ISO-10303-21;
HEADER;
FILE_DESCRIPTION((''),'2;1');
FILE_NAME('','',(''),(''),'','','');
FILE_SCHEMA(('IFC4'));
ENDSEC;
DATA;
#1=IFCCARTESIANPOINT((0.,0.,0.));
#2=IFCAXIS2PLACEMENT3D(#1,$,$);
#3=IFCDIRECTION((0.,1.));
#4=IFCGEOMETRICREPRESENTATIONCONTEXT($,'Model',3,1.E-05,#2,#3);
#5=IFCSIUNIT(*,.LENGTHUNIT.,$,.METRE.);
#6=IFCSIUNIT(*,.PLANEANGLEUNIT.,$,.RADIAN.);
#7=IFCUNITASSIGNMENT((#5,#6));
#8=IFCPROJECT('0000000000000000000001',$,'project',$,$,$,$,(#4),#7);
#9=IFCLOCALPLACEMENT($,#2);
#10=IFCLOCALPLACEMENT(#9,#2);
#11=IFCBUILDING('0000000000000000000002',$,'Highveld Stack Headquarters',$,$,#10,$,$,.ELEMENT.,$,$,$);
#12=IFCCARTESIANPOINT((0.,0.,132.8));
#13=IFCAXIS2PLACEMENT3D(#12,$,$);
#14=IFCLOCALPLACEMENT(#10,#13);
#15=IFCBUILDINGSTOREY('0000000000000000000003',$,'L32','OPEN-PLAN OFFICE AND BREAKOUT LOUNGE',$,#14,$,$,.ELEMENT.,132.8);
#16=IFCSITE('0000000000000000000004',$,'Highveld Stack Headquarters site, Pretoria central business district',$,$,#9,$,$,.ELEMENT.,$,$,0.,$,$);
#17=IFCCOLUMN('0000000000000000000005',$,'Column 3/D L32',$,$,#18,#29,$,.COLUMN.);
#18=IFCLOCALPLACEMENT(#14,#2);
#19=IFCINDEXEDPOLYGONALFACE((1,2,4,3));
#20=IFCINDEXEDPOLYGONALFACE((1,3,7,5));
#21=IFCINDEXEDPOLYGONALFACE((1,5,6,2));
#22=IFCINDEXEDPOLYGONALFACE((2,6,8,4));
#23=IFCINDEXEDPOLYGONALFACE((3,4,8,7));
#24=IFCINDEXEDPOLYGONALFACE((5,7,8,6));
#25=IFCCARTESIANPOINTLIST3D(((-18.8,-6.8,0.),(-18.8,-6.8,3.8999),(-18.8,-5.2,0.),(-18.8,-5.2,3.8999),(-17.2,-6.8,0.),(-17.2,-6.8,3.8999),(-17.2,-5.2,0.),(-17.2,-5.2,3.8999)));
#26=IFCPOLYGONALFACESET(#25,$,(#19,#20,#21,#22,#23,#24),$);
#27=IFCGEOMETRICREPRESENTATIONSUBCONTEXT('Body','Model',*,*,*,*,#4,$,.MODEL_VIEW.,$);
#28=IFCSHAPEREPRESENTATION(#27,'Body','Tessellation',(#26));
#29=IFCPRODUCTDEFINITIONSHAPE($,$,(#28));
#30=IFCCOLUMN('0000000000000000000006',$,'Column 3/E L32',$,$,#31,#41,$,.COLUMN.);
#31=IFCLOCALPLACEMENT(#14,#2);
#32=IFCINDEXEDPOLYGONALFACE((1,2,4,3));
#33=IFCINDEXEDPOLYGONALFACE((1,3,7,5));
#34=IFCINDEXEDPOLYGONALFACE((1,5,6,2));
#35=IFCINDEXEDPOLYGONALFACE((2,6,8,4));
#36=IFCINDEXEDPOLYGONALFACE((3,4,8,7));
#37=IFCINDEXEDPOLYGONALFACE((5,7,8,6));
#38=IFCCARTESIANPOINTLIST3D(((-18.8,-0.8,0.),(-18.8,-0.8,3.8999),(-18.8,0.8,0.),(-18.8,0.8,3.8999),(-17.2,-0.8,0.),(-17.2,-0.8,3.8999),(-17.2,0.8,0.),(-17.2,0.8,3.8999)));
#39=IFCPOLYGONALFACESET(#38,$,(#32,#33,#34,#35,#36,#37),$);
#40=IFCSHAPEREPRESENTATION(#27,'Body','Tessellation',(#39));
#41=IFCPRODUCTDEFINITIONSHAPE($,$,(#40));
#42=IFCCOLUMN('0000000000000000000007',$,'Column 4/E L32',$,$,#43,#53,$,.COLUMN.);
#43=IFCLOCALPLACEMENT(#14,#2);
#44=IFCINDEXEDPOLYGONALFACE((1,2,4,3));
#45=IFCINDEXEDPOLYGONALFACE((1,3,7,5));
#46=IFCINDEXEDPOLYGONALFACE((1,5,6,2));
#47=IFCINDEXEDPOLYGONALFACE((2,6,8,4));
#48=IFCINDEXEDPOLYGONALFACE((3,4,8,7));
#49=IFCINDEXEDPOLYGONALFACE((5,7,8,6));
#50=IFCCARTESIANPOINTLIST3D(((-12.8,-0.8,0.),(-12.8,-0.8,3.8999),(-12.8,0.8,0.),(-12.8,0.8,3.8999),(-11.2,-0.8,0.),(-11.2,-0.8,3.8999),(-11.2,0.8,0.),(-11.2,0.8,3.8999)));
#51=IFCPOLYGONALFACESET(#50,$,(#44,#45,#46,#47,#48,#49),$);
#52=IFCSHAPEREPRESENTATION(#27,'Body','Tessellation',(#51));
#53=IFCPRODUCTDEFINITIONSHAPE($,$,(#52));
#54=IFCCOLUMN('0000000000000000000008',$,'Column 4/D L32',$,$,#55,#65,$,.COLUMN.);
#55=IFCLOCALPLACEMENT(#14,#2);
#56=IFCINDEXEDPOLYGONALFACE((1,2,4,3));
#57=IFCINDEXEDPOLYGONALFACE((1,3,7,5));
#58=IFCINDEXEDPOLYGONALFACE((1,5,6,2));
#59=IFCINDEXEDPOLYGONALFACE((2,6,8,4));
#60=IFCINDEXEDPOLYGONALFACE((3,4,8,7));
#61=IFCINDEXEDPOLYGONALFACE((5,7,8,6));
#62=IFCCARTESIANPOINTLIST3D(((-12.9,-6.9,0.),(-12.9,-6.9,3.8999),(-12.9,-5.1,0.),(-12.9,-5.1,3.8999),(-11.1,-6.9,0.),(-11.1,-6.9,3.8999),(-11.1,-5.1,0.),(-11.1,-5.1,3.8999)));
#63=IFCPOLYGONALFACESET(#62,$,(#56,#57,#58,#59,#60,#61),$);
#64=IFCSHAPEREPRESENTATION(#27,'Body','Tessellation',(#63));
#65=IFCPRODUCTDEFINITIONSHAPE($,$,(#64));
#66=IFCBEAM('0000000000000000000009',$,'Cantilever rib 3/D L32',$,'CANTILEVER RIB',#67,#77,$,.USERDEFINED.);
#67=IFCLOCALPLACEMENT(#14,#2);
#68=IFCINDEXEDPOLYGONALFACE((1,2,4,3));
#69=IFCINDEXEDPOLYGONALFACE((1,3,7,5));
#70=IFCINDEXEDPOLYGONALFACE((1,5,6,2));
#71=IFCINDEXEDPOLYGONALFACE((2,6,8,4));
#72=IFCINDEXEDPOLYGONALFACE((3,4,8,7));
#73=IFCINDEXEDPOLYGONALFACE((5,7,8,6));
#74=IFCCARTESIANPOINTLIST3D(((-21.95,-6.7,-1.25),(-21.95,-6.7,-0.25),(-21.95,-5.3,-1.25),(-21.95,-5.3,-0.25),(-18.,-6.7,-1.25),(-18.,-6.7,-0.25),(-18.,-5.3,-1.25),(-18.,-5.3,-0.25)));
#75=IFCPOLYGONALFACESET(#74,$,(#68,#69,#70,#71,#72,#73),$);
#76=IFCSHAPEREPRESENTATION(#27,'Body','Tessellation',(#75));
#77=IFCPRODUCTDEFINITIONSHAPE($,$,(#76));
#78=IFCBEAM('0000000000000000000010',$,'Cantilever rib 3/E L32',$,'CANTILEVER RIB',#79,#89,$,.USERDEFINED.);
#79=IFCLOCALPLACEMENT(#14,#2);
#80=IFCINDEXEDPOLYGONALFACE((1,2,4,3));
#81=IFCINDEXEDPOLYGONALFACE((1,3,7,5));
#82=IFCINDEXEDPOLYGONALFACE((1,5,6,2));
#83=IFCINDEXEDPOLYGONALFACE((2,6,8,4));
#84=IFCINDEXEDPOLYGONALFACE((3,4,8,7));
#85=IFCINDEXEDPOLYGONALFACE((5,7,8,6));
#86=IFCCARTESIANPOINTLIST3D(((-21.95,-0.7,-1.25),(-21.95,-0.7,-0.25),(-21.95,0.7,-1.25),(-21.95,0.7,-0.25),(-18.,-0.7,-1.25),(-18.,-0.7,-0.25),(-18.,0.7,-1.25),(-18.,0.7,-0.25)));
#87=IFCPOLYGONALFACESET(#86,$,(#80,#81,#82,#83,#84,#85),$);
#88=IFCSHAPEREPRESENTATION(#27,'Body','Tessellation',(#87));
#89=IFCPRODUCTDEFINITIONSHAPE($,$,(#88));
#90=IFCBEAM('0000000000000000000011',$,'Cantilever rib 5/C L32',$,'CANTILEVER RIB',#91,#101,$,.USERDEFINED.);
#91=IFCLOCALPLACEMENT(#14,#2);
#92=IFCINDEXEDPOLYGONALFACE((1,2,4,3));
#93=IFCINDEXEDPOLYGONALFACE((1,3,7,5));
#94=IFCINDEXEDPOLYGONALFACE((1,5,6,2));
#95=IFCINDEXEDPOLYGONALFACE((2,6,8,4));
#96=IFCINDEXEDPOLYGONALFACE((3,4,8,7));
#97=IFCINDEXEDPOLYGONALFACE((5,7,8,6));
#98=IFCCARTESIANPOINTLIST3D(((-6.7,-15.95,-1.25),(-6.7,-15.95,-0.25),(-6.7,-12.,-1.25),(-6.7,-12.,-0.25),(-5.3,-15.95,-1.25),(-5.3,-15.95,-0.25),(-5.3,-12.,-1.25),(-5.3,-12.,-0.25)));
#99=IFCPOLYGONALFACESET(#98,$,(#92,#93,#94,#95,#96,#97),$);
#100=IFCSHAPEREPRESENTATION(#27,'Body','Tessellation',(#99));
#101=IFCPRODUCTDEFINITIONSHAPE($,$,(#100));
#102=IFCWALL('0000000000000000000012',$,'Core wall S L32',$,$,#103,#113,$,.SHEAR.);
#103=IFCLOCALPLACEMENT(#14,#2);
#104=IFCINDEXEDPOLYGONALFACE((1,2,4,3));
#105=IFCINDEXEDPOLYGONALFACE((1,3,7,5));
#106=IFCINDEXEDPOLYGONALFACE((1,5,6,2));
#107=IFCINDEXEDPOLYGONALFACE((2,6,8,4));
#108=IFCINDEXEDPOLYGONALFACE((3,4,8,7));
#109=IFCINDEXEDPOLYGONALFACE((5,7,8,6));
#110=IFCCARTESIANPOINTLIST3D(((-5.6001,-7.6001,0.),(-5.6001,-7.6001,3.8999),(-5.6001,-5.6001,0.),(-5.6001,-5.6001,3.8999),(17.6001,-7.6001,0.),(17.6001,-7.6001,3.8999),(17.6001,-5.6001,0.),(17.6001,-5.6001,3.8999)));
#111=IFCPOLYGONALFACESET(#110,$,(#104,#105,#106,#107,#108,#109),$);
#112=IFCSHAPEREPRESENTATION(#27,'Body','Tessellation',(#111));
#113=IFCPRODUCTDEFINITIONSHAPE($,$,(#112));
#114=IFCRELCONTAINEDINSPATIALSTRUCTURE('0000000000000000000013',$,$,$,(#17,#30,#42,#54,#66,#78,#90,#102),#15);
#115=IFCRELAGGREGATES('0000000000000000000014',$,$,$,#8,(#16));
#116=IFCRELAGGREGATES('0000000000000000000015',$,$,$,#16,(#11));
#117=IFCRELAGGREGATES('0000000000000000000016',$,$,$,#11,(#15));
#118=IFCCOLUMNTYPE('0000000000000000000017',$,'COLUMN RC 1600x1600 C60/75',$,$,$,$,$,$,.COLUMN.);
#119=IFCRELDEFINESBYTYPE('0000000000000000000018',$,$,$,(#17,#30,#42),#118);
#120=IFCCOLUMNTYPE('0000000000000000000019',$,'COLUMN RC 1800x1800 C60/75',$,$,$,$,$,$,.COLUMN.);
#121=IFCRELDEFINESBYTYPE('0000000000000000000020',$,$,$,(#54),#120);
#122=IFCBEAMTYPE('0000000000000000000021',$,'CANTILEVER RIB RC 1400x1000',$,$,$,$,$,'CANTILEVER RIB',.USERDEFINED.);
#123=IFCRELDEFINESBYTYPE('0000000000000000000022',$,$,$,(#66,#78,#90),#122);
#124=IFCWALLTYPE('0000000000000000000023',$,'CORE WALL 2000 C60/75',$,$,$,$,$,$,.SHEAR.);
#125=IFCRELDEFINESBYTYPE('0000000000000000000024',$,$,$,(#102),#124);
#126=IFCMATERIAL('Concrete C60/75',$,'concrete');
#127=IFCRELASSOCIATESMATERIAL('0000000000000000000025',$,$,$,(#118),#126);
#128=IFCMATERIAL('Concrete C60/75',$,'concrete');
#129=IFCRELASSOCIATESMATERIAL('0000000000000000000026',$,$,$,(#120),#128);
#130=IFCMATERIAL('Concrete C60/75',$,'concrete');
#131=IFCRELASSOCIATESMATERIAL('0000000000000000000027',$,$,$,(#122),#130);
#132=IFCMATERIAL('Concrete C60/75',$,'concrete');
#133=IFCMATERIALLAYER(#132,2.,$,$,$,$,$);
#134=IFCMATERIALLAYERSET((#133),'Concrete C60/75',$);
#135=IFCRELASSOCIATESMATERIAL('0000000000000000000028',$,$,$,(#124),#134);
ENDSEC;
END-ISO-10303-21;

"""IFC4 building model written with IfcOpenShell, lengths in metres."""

from ifc_helpers import new_model, si_unit, direction, frame, frame_2d, origin, origin_2d, place, context, subcontext, project, spatial, rectangle, extrude, material, layer, layer_set, material_profile, profile_set, type_object, element, save


model = new_model("IFC4")

# Units and contexts
model_context = context("Model", 3, precision=1e-05, world=origin(), true_north=direction((0.0, 1.0)))
body_context = subcontext(model_context, "Body", "Model", "MODEL_VIEW")
ifc_project = project(units=[si_unit("LENGTHUNIT", "METRE"), si_unit("PLANEANGLEUNIT", "RADIAN")], contexts=[model_context])

# Site, building, storey
site_placement = place(None, origin())
site = spatial("IfcSite", under=ifc_project, at=site_placement, Name="Highveld Stack Headquarters site, Pretoria central business district", CompositionType="ELEMENT", RefElevation=0.0)
building_placement = place(site_placement, origin())
building = spatial("IfcBuilding", under=site, at=building_placement, Name="Highveld Stack Headquarters", CompositionType="ELEMENT")
storey_placement = place(building_placement, frame((0.0, 0.0, 132.8)))
storey = spatial("IfcBuildingStorey", under=building, at=storey_placement, Name="L32", Description="OPEN-PLAN OFFICE AND BREAKOUT LOUNGE", CompositionType="ELEMENT", Elevation=132.8)

# Columns
ifc_material_1 = material(Name="Concrete C60/75", Category="concrete")
ifc_material_profile_1 = material_profile(ifc_material_1, rectangle(XDim=1.6001, YDim=1.6001, at=origin_2d()), Name="RC 1600x1600")
ifc_profile_set_1 = profile_set([ifc_material_profile_1], Name="Concrete C60/75")
column_type_1 = type_object("IfcColumnType", Name="COLUMN RC 1600x1600 C60/75", PredefinedType="COLUMN", material=ifc_profile_set_1)
for number, where, z_axis, x_axis, name in (
    (1, (-18.0, -6.0, 0.0), (0.0, 0.0, 1.0), (1.0, 0.0, 0.0), "Column 3/D L32"),
    (2, (-18.0, 0.0, 0.0), (0.0, 0.0, 1.0), (1.0, 0.0, 0.0), "Column 3/E L32"),
    (3, (-12.0, 0.0, 0.0), (0.0, 0.0, 1.0), (1.0, 0.0, 0.0), "Column 4/E L32"),
):
    element("IfcColumn", number, at=place(storey_placement, frame(where, z_axis=z_axis, x_axis=x_axis)), inside=storey, type_object=column_type_1, Name=name, PredefinedType="COLUMN", context=body_context, shape_type="SweptSolid", body=[
        extrude(rectangle(XDim=1.6001, YDim=1.6001, at=origin_2d()), origin(), (0.0, 0.0, 1.0), 3.8999),
    ])
ifc_material_2 = material(Name="Concrete C60/75", Category="concrete")
ifc_material_profile_2 = material_profile(ifc_material_2, rectangle(XDim=1.8, YDim=1.8, at=origin_2d()), Name="RC 1800x1800")
ifc_profile_set_2 = profile_set([ifc_material_profile_2], Name="Concrete C60/75")
column_type_2 = type_object("IfcColumnType", Name="COLUMN RC 1800x1800 C60/75", PredefinedType="COLUMN", material=ifc_profile_set_2)
column_placement = place(storey_placement, frame((-12.0, -6.0, 0.0), z_axis=(0.0, 0.0, 1.0), x_axis=(1.0, 0.0, 0.0)))
element("IfcColumn", 4, at=column_placement, inside=storey, type_object=column_type_2, Name="Column 4/D L32", PredefinedType="COLUMN", context=body_context, shape_type="SweptSolid", body=[
    extrude(rectangle(XDim=1.8, YDim=1.8, at=origin_2d()), origin(), (0.0, 0.0, 1.0), 3.8999),
])

# Beams
ifc_material_3 = material(Name="Concrete C60/75", Category="concrete")
ifc_material_profile_3 = material_profile(ifc_material_3, rectangle(XDim=1.3999, YDim=1.0, at=origin_2d()), Name="RC 1400x1000")
ifc_profile_set_3 = profile_set([ifc_material_profile_3], Name="Concrete C60/75")
beam_type = type_object("IfcBeamType", Name="CANTILEVER RIB RC 1400x1000", ElementType="CANTILEVER RIB", PredefinedType="USERDEFINED", material=ifc_profile_set_3)
for number, where, z_axis, x_axis, name in (
    (5, (-18.0, -6.0, -0.75), (-1.0, 0.0, 0.0), (0.0, -1.0, 0.0), "Cantilever rib 3/D L32"),
    (6, (-18.0, 0.0, -0.75), (-1.0, 0.0, 0.0), (0.0, -1.0, 0.0), "Cantilever rib 3/E L32"),
    (7, (-6.0, -12.0, -0.75), (0.0, -1.0, 0.0), (1.0, 0.0, 0.0), "Cantilever rib 5/C L32"),
):
    element("IfcBeam", number, at=place(storey_placement, frame(where, z_axis=z_axis, x_axis=x_axis)), inside=storey, type_object=beam_type, Name=name, ObjectType="CANTILEVER RIB", PredefinedType="USERDEFINED", context=body_context, shape_type="SweptSolid", body=[
        extrude(rectangle(XDim=1.3999, YDim=1.0, at=origin_2d()), origin(), (0.0, 0.0, 1.0), 3.95),
    ])

# Wall
ifc_material_4 = material(Name="Concrete C60/75", Category="concrete")
ifc_layer_1 = layer(ifc_material_4, 2.0)
ifc_layer_set_1 = layer_set([ifc_layer_1], Name="Concrete C60/75")
wall_type_1 = type_object("IfcWallType", Name="CORE WALL 2000 C60/75", PredefinedType="SHEAR", material=ifc_layer_set_1)
wall_1_placement = place(storey_placement, frame((-5.6001, -6.6001, 0.0), z_axis=(0.0, 0.0, 1.0), x_axis=(1.0, 0.0, 0.0)))
element("IfcWall", 8, at=wall_1_placement, inside=storey, type_object=wall_type_1, Name="Core wall S L32", PredefinedType="SHEAR", context=body_context, shape_type="SweptSolid", body=[
    extrude(rectangle(XDim=23.2002, YDim=2.0, at=frame_2d((11.6001, 0.0))), origin(), (0.0, 0.0, 1.0), 3.8999),
])

save(model, "model.ifc")
